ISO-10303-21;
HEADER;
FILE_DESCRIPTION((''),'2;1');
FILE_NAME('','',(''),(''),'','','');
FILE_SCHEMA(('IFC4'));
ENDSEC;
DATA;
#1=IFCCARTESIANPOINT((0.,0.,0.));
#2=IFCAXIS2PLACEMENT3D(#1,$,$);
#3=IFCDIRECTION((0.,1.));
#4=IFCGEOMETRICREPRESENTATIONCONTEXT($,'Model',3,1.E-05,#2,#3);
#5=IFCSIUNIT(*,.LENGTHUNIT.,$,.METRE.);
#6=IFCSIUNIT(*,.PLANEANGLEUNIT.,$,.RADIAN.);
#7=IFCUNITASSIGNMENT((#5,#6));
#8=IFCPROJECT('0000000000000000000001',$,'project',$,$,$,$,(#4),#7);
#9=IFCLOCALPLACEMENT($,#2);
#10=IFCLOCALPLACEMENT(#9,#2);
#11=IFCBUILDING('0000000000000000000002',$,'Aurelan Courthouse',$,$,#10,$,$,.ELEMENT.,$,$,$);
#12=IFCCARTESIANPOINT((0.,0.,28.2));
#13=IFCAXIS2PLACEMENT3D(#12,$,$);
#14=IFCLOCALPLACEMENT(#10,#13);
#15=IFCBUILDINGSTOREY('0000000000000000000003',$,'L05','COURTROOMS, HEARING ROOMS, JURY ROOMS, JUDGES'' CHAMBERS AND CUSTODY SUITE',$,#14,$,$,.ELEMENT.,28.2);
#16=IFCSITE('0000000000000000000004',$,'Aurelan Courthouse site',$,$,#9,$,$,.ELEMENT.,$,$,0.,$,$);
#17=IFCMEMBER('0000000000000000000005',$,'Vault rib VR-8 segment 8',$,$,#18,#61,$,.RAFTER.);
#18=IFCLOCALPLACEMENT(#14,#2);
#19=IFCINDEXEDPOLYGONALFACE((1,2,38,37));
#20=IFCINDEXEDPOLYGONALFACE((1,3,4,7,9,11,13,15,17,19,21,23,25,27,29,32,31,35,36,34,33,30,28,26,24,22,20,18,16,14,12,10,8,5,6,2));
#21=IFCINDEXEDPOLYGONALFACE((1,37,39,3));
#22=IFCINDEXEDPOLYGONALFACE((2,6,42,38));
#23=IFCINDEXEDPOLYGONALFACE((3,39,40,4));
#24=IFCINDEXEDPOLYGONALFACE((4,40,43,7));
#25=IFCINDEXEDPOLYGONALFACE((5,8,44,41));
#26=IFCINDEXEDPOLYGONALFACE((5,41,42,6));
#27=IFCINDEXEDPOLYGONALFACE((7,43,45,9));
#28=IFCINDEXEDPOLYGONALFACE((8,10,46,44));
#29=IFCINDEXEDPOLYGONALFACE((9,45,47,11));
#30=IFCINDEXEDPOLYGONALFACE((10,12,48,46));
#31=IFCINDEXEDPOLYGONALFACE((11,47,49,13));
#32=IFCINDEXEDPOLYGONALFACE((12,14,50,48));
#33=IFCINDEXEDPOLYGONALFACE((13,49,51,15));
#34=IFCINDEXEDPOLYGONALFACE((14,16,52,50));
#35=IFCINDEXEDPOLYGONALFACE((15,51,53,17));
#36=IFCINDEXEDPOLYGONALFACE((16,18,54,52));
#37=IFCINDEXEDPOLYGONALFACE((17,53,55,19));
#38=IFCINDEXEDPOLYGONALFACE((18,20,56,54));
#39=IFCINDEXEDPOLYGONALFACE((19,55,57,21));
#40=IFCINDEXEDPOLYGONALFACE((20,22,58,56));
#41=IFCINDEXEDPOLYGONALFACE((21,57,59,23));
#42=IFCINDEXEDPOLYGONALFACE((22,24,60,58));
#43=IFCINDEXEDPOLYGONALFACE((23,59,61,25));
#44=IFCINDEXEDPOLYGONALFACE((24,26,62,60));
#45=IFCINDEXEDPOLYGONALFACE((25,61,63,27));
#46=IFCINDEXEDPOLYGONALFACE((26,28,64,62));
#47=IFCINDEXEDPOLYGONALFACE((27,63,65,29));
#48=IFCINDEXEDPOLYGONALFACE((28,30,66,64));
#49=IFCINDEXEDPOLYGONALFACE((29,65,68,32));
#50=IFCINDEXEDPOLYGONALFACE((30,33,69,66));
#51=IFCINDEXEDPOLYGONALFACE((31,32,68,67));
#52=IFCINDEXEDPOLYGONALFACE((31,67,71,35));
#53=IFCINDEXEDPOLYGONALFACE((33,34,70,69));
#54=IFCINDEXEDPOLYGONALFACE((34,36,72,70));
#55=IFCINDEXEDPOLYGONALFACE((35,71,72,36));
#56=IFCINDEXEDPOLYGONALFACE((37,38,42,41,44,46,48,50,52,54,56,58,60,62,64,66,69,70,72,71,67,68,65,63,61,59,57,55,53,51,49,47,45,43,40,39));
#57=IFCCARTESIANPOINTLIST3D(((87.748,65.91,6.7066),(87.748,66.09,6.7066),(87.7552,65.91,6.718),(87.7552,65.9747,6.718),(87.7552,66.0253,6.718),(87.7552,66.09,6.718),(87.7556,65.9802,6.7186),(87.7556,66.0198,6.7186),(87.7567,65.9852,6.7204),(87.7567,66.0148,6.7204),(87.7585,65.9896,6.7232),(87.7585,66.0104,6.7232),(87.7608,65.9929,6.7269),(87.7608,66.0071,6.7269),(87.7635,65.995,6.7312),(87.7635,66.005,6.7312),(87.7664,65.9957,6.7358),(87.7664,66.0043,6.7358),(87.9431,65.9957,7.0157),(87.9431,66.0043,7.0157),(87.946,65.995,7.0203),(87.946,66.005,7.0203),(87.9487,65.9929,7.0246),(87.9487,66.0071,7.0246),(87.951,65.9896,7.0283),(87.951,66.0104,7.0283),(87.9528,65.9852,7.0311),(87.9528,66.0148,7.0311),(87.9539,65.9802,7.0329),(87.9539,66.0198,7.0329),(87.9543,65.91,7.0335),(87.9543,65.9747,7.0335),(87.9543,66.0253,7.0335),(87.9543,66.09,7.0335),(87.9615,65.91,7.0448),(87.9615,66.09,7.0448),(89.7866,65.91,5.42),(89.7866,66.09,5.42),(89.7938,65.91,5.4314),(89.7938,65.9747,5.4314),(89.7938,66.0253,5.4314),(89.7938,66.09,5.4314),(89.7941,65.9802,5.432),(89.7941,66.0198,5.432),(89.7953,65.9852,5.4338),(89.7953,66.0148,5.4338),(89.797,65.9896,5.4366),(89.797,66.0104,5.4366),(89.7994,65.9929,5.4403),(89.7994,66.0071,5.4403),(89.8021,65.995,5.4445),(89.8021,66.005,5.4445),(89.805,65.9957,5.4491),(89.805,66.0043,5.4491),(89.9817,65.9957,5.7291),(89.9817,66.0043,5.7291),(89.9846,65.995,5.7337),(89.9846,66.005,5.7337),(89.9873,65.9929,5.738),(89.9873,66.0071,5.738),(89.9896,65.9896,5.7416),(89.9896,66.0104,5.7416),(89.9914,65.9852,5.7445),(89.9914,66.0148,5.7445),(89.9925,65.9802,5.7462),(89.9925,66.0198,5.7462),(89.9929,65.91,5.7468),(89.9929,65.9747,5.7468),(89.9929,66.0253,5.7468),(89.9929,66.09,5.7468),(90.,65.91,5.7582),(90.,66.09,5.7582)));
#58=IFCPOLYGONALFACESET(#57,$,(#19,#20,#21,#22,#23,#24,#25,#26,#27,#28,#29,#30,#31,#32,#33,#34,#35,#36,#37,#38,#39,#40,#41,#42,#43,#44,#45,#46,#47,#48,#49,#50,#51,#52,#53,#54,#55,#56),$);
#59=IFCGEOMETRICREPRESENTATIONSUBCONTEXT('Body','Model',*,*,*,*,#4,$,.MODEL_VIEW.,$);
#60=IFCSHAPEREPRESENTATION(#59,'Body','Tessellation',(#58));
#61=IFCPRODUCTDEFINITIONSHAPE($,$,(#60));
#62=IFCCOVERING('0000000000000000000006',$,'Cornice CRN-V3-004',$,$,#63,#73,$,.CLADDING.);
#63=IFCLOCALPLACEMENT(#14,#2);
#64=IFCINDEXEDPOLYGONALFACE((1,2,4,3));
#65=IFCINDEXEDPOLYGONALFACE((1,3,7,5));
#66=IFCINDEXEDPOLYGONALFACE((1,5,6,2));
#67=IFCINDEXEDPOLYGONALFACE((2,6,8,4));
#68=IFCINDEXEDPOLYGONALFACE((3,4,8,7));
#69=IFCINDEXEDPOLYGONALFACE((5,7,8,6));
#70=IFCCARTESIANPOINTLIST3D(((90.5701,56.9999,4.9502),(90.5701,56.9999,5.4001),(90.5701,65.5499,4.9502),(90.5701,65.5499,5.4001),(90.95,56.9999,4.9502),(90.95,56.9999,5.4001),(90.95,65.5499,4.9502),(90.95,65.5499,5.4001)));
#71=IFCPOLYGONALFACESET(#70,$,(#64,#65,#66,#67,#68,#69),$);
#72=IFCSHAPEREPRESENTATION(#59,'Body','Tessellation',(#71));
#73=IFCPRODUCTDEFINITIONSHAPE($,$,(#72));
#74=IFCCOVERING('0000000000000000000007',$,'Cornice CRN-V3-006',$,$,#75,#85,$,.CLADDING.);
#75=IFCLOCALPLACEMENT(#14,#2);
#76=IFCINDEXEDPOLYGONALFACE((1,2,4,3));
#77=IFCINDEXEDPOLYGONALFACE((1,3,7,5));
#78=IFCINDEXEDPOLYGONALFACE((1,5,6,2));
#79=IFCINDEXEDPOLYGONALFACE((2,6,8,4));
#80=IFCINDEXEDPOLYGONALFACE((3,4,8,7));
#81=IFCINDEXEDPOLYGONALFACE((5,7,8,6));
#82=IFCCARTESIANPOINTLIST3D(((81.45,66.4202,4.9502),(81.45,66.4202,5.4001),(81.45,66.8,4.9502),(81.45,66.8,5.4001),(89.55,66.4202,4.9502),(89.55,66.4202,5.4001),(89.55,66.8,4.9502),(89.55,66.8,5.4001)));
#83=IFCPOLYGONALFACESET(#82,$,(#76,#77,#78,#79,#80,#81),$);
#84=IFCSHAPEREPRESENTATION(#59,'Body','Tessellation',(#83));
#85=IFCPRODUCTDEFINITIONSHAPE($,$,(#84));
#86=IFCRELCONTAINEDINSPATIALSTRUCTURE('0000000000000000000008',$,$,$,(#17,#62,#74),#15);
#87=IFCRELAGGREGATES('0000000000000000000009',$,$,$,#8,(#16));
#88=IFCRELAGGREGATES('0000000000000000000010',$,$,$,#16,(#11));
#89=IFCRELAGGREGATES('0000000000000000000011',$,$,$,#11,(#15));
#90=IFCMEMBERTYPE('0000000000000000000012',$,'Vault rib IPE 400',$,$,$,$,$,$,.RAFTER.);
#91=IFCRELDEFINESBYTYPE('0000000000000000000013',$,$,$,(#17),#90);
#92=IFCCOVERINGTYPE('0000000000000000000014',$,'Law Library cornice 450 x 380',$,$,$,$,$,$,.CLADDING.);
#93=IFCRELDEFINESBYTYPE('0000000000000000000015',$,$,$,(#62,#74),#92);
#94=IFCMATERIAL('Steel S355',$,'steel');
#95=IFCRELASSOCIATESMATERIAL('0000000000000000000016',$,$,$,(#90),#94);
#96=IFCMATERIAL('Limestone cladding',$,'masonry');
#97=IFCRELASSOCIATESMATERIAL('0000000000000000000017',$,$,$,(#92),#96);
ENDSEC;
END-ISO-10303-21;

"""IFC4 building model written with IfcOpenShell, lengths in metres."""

from ifc_helpers import new_model, si_unit, direction, frame, origin, origin_2d, place, context, subcontext, project, spatial, rectangle, i_section, extrude, material, material_profile, profile_set, type_object, element, save


model = new_model("IFC4")

# Units and contexts
model_context = context("Model", 3, precision=1e-05, world=origin(), true_north=direction((0.0, 1.0)))
body_context = subcontext(model_context, "Body", "Model", "MODEL_VIEW")
ifc_project = project(units=[si_unit("LENGTHUNIT", "METRE"), si_unit("PLANEANGLEUNIT", "RADIAN")], contexts=[model_context])

# Site, building, storey
site_placement = place(None, origin())
site = spatial("IfcSite", under=ifc_project, at=site_placement, Name="Aurelan Courthouse site", CompositionType="ELEMENT", RefElevation=0.0)
building_placement = place(site_placement, origin())
building = spatial("IfcBuilding", under=site, at=building_placement, Name="Aurelan Courthouse", CompositionType="ELEMENT")
storey_placement = place(building_placement, frame((0.0, 0.0, 28.2)))
storey = spatial("IfcBuildingStorey", under=building, at=storey_placement, Name="L05", Description="COURTROOMS, HEARING ROOMS, JURY ROOMS, JUDGES' CHAMBERS AND CUSTODY SUITE", CompositionType="ELEMENT", Elevation=28.2)

# Shared definitions
ifc_material_1 = material(Name="Steel S355", Category="steel")

# Member
ifc_material_profile_1 = material_profile(ifc_material_1, i_section(OverallWidth=0.1799, OverallDepth=0.3999, WebThickness=0.0085, FlangeThickness=0.0134, FilletRadius=0.021, at=origin_2d()), Name="IPE 400")
ifc_profile_set_1 = profile_set([ifc_material_profile_1], Name="Steel S355")
member_type_1 = type_object("IfcMemberType", Name="Vault rib IPE 400", PredefinedType="RAFTER", material=ifc_profile_set_1)
for number, where, z_axis, x_axis, name in (
    (1, (87.8547, 66.0, 6.8757), (0.845657, 0.0, -0.533726), (0.0, 1.0, 0.0), "Vault rib VR-8 segment 8"),
):
    element("IfcMember", number, at=place(storey_placement, frame(where, z_axis=z_axis, x_axis=x_axis)), inside=storey, type_object=member_type_1, Name=name, PredefinedType="RAFTER", context=body_context, shape_type="SweptSolid", body=[
        extrude(i_section(OverallWidth=0.1799, OverallDepth=0.3999, WebThickness=0.0085, FlangeThickness=0.0134, FilletRadius=0.021, at=origin_2d()), origin(), (0.0, 0.0, 1.0), 2.4106),
    ])

# Coverings
ifc_material_2 = material(Name="Limestone cladding", Category="masonry")
covering_type = type_object("IfcCoveringType", Name="Law Library cornice 450 x 380", PredefinedType="CLADDING", material=ifc_material_2)
covering_1_placement = place(storey_placement, frame((90.76, 61.2749, 4.9502), z_axis=(0.0, 0.0, 1.0), x_axis=(1.0, 0.0, 0.0)))
element("IfcCovering", 2, at=covering_1_placement, inside=storey, type_object=covering_type, Name="Cornice CRN-V3-004", PredefinedType="CLADDING", context=body_context, shape_type="SweptSolid", body=[
    extrude(rectangle(XDim=0.3799, YDim=8.55, at=origin_2d()), origin(), (0.0, 0.0, 1.0), 0.45),
])
covering_2_placement = place(storey_placement, frame((85.5, 66.6101, 4.9502), z_axis=(0.0, 0.0, 1.0), x_axis=(1.0, 0.0, 0.0)))
element("IfcCovering", 3, at=covering_2_placement, inside=storey, type_object=covering_type, Name="Cornice CRN-V3-006", PredefinedType="CLADDING", context=body_context, shape_type="SweptSolid", body=[
    extrude(rectangle(XDim=8.1001, YDim=0.3799, at=origin_2d()), origin(), (0.0, 0.0, 1.0), 0.45),
])

save(model, "model.ifc")
